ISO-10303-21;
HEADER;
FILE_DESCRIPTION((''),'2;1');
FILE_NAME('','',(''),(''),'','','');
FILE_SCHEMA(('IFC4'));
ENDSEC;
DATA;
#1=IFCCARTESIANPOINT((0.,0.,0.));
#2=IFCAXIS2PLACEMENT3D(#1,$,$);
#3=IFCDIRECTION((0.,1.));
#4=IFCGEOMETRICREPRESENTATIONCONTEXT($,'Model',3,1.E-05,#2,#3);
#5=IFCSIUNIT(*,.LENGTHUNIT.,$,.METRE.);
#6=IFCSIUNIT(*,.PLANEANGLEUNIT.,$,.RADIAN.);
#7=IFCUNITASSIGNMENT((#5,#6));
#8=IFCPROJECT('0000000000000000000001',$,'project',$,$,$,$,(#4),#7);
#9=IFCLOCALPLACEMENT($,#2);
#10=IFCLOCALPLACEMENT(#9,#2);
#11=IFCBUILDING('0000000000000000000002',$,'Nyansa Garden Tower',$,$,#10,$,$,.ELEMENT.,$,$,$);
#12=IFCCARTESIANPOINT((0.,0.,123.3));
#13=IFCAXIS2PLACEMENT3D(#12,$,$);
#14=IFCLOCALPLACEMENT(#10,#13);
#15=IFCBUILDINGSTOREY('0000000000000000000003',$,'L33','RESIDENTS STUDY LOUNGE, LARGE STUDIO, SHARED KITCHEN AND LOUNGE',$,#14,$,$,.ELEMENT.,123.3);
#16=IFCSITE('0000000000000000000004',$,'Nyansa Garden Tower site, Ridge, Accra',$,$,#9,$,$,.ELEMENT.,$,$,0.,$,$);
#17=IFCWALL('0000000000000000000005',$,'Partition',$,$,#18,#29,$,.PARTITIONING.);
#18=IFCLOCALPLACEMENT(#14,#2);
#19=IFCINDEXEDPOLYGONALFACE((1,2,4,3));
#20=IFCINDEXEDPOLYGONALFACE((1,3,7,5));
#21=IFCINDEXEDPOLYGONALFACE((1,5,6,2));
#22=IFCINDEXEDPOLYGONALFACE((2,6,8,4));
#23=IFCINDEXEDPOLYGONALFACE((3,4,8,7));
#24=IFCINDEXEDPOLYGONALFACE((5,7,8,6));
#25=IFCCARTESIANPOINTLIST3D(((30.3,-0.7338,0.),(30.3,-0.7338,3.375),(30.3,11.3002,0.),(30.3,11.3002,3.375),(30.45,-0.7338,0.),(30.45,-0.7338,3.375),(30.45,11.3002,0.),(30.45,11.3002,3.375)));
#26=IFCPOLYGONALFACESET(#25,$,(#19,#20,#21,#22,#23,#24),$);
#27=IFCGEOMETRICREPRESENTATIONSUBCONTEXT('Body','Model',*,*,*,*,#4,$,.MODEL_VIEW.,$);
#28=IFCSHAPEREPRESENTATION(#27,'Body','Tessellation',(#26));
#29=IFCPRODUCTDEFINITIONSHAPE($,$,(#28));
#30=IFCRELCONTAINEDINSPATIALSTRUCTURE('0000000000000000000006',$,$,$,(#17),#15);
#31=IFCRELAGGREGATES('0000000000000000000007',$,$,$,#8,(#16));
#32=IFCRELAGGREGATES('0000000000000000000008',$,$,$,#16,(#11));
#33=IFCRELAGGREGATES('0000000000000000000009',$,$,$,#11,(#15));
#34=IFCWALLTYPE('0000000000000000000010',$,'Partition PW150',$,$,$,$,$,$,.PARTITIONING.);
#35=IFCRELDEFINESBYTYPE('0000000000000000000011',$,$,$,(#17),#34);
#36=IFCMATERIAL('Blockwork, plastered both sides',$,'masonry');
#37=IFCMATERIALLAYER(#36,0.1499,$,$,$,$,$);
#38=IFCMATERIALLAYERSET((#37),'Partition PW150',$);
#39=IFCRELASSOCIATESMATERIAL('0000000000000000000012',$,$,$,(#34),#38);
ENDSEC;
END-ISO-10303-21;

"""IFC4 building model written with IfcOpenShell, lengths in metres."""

from ifc_helpers import new_model, si_unit, direction, frame, frame_2d, origin, place, context, subcontext, project, spatial, rectangle, extrude, material, layer, layer_set, type_object, element, save


model = new_model("IFC4")

# Units and contexts
model_context = context("Model", 3, precision=1e-05, world=origin(), true_north=direction((0.0, 1.0)))
body_context = subcontext(model_context, "Body", "Model", "MODEL_VIEW")
ifc_project = project(units=[si_unit("LENGTHUNIT", "METRE"), si_unit("PLANEANGLEUNIT", "RADIAN")], contexts=[model_context])

# Site, building, storey
site_placement = place(None, origin())
site = spatial("IfcSite", under=ifc_project, at=site_placement, Name="Nyansa Garden Tower site, Ridge, Accra", CompositionType="ELEMENT", RefElevation=0.0)
building_placement = place(site_placement, origin())
building = spatial("IfcBuilding", under=site, at=building_placement, Name="Nyansa Garden Tower", CompositionType="ELEMENT")
storey_placement = place(building_placement, frame((0.0, 0.0, 123.3)))
storey = spatial("IfcBuildingStorey", under=building, at=storey_placement, Name="L33", Description="RESIDENTS STUDY LOUNGE, LARGE STUDIO, SHARED KITCHEN AND LOUNGE", CompositionType="ELEMENT", Elevation=123.3)

# Wall
ifc_material_1 = material(Name="Blockwork, plastered both sides", Category="masonry")
ifc_layer_1 = layer(ifc_material_1, 0.1499)
ifc_layer_set_1 = layer_set([ifc_layer_1], Name="Partition PW150")
wall_type_1 = type_object("IfcWallType", Name="Partition PW150", PredefinedType="PARTITIONING", material=ifc_layer_set_1)
wall_1_placement = place(storey_placement, frame((30.375, -0.7339, 0.0), z_axis=(0.0, 0.0, 1.0), x_axis=(0.0, 1.0, 0.0)))
element("IfcWall", 1, at=wall_1_placement, inside=storey, type_object=wall_type_1, Name="Partition", PredefinedType="PARTITIONING", context=body_context, shape_type="SweptSolid", body=[
    extrude(rectangle(XDim=12.0339, YDim=0.1499, at=frame_2d((6.0171, 0.0))), origin(), (0.0, 0.0, 1.0), 3.375),
])

save(model, "model.ifc")
